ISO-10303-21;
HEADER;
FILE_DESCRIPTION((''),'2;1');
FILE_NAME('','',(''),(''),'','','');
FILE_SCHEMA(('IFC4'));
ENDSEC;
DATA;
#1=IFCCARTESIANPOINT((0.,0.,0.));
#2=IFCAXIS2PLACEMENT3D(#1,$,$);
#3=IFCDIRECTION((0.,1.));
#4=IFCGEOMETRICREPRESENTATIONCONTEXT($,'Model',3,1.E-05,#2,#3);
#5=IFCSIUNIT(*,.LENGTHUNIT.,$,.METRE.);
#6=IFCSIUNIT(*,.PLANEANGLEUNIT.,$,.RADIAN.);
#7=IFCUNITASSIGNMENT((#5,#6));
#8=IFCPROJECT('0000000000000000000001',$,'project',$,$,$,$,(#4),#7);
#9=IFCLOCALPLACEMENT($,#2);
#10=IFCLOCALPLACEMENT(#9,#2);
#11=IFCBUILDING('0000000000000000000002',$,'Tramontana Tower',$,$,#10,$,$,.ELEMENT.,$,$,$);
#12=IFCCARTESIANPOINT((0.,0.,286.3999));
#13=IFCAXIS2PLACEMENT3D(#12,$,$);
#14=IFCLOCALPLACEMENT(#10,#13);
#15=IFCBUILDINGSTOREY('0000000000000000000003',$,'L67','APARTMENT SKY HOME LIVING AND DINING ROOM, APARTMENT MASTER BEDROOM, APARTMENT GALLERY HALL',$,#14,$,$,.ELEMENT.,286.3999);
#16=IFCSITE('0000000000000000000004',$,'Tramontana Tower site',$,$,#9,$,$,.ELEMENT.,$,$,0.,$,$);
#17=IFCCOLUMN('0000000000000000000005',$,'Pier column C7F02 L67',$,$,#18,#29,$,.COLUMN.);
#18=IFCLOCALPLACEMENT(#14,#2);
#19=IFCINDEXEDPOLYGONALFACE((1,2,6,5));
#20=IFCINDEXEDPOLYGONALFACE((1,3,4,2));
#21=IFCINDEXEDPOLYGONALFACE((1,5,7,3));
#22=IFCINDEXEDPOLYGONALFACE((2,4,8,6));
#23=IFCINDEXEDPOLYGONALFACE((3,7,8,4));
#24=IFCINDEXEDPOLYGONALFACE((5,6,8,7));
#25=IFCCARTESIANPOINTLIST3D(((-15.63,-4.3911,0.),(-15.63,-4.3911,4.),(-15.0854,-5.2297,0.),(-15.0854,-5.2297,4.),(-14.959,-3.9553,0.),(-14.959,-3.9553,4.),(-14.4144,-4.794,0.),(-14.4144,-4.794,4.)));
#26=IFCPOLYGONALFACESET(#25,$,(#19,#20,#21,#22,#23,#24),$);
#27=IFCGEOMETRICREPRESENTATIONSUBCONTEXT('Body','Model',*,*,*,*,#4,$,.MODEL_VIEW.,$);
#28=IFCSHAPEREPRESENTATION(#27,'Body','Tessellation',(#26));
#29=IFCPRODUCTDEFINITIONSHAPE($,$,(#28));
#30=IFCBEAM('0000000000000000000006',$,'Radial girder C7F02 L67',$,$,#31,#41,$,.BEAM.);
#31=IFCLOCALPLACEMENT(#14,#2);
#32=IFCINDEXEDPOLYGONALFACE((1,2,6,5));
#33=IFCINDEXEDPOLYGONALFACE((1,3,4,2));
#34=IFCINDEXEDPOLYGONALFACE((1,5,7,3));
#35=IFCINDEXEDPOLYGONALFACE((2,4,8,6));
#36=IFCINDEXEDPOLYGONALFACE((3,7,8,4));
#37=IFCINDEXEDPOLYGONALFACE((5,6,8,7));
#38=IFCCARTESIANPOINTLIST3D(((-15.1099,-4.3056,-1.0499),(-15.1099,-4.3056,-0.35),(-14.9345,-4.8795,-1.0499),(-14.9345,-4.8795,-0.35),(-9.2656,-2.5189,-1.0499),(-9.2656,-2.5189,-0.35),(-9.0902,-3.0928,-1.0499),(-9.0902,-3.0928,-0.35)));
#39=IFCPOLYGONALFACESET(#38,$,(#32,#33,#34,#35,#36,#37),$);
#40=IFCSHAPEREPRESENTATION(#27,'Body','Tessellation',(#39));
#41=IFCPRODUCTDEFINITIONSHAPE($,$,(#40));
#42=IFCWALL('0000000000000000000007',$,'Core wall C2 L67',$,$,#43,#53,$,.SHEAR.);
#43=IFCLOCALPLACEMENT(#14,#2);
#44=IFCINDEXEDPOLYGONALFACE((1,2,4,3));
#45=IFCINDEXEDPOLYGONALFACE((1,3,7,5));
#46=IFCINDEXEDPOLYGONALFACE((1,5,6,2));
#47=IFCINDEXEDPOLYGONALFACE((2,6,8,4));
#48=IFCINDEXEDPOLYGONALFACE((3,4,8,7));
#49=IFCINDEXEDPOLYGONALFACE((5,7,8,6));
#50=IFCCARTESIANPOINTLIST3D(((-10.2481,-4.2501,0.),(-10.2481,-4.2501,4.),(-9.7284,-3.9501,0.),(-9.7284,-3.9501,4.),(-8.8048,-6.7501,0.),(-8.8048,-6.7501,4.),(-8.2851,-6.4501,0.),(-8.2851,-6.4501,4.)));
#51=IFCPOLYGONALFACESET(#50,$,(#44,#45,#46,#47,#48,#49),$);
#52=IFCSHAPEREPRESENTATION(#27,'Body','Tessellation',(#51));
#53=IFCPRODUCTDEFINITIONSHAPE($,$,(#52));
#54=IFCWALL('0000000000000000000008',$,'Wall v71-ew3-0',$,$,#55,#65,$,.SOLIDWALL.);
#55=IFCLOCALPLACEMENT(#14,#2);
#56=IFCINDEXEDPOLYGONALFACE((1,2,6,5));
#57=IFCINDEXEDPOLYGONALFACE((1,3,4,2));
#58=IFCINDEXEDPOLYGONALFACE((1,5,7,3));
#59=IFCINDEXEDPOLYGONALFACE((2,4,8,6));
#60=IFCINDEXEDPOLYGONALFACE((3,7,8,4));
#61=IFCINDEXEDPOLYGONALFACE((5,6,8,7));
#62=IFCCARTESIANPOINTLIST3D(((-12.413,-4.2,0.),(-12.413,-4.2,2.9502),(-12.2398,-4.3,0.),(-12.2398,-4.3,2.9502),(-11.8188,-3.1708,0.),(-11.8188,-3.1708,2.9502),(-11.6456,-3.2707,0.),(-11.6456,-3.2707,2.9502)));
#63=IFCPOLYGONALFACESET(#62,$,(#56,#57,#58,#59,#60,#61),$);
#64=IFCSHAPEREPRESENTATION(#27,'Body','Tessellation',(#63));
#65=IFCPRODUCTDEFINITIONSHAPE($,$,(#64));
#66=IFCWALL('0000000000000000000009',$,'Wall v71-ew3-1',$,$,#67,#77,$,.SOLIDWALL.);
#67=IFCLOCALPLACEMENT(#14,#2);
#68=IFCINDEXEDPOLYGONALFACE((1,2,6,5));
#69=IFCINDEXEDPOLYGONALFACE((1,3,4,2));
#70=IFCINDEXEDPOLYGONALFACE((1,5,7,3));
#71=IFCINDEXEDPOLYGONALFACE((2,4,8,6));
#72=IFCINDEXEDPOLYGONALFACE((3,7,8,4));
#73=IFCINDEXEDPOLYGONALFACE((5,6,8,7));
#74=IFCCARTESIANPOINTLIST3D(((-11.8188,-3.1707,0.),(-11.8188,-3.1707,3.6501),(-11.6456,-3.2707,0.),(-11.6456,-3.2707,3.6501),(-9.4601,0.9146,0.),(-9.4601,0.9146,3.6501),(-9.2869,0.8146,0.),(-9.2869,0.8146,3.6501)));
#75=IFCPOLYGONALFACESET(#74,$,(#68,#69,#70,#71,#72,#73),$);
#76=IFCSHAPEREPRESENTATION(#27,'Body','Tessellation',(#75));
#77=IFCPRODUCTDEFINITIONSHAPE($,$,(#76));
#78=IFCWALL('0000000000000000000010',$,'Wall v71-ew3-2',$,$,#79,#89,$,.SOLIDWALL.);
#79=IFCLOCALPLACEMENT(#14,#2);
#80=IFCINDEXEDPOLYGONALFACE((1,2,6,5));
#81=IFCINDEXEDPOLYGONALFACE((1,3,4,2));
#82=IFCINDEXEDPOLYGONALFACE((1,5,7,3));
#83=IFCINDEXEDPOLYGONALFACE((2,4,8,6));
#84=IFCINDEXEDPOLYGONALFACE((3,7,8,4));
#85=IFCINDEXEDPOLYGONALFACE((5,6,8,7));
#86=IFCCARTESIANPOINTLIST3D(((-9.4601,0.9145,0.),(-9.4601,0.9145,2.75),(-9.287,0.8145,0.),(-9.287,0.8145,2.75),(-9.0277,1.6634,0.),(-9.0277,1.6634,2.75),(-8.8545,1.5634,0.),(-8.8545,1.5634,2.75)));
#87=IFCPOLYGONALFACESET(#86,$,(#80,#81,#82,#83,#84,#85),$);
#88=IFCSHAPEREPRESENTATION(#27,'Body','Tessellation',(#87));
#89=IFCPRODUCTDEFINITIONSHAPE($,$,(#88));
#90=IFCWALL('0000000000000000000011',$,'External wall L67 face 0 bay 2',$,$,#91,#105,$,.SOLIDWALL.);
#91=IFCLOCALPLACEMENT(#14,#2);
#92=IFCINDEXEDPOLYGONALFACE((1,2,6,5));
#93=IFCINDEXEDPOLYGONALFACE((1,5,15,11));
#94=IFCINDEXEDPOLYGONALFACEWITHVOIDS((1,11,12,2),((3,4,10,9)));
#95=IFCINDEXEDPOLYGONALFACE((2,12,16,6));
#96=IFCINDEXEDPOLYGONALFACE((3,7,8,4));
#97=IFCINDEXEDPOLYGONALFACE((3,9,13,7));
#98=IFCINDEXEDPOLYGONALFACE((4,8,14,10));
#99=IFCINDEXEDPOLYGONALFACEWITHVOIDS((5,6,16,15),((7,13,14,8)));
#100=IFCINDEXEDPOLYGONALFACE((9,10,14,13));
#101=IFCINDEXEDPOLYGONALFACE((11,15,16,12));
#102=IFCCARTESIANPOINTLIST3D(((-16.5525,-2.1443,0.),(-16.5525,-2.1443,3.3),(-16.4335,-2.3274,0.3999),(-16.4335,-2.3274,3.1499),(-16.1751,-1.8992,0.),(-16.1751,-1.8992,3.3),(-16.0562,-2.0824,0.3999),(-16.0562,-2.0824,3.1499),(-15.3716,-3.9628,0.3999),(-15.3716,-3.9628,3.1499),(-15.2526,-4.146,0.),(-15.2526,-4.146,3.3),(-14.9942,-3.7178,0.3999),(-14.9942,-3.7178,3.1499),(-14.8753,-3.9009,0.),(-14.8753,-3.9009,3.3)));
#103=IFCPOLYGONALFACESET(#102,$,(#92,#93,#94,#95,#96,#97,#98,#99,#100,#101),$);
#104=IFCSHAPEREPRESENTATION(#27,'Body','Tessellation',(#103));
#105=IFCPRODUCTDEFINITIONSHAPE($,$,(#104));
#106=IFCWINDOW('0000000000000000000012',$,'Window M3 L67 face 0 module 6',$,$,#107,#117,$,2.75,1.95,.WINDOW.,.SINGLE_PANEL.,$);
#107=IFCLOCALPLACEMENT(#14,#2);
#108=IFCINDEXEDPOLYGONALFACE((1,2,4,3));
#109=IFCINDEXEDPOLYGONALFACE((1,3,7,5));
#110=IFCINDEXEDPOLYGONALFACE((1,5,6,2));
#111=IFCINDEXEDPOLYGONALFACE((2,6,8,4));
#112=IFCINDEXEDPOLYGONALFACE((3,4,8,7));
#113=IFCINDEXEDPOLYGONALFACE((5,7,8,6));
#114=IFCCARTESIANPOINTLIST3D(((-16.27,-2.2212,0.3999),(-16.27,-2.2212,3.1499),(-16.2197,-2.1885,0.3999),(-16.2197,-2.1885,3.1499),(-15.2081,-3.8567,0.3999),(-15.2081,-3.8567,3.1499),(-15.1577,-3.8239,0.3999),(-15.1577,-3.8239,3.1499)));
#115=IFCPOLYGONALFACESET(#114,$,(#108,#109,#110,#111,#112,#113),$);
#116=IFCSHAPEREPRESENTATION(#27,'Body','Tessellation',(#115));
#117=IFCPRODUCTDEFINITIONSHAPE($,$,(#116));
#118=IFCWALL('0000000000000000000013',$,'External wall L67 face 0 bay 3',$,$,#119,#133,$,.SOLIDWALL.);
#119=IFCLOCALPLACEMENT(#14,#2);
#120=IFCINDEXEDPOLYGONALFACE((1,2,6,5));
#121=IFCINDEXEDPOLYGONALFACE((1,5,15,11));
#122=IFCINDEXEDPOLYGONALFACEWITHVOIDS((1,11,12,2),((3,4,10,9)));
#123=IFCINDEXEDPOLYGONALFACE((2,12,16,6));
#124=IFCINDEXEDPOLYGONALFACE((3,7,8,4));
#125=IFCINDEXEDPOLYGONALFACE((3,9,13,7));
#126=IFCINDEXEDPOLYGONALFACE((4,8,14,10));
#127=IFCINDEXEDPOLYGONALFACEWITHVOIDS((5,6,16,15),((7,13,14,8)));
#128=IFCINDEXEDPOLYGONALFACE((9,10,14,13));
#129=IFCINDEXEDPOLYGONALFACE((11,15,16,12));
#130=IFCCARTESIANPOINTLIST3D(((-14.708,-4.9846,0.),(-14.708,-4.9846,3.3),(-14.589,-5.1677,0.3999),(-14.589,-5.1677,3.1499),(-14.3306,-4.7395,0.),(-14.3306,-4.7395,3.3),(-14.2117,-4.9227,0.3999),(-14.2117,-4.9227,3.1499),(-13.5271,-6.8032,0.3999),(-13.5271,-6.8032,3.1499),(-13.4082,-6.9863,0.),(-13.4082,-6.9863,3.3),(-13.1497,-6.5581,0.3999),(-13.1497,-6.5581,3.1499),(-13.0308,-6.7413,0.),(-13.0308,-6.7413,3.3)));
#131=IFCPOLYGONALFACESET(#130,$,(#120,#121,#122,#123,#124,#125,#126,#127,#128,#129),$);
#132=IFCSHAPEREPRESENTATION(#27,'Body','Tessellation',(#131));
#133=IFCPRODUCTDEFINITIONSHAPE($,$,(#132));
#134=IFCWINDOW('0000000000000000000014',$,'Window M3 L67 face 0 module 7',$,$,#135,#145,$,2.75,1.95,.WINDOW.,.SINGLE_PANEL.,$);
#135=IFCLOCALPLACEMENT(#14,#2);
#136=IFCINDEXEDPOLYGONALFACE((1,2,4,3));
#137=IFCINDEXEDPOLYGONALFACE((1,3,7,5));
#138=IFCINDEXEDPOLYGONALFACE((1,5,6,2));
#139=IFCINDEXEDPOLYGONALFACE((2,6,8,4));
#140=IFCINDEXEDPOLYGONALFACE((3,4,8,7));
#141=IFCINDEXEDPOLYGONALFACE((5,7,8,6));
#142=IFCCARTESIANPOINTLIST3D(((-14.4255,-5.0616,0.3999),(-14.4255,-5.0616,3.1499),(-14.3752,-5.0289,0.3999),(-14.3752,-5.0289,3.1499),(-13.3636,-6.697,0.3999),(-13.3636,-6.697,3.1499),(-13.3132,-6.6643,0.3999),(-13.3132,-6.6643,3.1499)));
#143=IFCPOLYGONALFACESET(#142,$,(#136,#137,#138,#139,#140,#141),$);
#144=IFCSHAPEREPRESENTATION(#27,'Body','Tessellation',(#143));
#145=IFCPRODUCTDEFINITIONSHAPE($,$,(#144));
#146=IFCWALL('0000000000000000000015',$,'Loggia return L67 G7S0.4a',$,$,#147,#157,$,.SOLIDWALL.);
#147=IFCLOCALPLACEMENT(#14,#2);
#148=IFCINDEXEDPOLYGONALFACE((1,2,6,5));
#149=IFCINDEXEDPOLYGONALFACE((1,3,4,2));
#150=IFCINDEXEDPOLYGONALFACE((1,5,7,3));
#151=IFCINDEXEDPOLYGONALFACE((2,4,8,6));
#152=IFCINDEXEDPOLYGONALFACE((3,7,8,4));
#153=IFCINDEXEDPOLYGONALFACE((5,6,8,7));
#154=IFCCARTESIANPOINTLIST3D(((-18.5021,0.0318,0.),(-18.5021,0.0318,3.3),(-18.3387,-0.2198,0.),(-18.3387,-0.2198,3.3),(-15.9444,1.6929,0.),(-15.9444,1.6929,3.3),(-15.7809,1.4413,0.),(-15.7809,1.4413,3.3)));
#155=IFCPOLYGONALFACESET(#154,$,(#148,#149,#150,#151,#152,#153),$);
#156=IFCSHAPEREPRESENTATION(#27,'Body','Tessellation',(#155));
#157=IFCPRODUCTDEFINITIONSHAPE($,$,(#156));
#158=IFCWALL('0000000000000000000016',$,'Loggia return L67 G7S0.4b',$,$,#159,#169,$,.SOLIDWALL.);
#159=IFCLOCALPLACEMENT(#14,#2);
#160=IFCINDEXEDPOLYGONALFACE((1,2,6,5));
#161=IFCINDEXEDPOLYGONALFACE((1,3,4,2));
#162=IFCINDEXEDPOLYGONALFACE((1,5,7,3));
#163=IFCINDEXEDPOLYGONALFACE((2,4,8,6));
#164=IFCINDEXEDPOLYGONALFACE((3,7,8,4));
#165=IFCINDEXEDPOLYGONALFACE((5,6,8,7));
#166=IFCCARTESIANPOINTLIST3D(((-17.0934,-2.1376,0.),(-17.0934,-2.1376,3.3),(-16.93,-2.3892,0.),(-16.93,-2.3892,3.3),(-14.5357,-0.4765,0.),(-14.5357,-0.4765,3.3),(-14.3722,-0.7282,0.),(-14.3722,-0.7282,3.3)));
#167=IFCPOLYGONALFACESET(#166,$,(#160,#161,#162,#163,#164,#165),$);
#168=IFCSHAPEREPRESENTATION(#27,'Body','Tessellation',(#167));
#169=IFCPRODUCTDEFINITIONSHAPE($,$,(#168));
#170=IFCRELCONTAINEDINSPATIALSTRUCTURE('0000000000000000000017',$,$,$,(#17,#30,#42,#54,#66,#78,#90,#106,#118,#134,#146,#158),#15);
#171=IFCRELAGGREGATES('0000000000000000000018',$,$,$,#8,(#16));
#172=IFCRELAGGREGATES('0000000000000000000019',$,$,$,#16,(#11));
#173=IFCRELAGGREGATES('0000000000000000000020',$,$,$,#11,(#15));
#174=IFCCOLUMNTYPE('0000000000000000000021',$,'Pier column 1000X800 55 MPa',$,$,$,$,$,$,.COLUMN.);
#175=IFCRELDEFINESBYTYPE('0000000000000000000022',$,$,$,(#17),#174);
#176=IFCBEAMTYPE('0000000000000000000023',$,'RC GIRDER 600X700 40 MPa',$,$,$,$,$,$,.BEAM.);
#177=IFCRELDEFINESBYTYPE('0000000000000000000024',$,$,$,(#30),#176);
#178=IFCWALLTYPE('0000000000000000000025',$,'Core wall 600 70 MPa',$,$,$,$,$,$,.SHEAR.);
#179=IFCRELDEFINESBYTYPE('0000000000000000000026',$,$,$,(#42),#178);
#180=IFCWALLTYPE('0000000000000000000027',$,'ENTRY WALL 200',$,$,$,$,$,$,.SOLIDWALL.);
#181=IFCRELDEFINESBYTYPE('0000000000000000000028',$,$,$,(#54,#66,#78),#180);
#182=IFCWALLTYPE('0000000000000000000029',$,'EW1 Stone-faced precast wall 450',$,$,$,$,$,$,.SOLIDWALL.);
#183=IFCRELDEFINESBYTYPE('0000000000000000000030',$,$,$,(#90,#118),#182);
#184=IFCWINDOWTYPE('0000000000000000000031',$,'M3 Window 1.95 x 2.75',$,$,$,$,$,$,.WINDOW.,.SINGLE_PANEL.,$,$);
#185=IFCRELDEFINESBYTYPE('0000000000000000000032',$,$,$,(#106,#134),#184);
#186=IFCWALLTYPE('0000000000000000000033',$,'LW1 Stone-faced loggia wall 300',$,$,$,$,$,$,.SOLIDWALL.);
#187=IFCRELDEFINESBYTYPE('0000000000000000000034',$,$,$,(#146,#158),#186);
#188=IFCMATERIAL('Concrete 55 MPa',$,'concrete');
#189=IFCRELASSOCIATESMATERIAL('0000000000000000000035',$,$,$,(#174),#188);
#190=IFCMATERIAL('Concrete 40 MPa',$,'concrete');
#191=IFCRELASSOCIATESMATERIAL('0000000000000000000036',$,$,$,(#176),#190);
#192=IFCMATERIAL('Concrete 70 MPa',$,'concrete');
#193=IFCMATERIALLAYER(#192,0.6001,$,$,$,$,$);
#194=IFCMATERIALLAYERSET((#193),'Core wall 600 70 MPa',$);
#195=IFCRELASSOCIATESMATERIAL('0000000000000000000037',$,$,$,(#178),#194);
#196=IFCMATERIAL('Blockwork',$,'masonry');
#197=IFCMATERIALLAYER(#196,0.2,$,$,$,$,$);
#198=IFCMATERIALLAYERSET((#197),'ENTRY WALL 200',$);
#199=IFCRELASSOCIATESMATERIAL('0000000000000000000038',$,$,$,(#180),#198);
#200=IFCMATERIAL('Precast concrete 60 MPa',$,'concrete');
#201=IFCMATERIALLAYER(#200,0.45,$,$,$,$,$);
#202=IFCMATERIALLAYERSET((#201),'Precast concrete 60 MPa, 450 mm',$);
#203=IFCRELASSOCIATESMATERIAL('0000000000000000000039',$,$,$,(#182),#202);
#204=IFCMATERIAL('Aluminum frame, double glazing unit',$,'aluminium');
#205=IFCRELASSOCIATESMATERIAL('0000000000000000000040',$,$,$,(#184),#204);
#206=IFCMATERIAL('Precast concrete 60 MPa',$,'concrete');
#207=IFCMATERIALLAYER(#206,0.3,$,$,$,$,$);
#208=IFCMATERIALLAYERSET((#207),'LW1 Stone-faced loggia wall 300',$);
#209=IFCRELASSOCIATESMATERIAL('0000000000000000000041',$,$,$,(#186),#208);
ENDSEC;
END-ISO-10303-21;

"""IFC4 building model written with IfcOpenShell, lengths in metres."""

from ifc_helpers import new_model, si_unit, direction, frame, frame_2d, origin, origin_2d, place, context, subcontext, project, spatial, rectangle, extrude, material, layer, layer_set, material_profile, profile_set, type_object, element, fill, save


model = new_model("IFC4")

# Units and contexts
model_context = context("Model", 3, precision=1e-05, world=origin(), true_north=direction((0.0, 1.0)))
body_context = subcontext(model_context, "Body", "Model", "MODEL_VIEW")
ifc_project = project(units=[si_unit("LENGTHUNIT", "METRE"), si_unit("PLANEANGLEUNIT", "RADIAN")], contexts=[model_context])

# Site, building, storey
site_placement = place(None, origin())
site = spatial("IfcSite", under=ifc_project, at=site_placement, Name="Tramontana Tower site", CompositionType="ELEMENT", RefElevation=0.0)
building_placement = place(site_placement, origin())
building = spatial("IfcBuilding", under=site, at=building_placement, Name="Tramontana Tower", CompositionType="ELEMENT")
storey_placement = place(building_placement, frame((0.0, 0.0, 286.3999)))
storey = spatial("IfcBuildingStorey", under=building, at=storey_placement, Name="L67", Description="APARTMENT SKY HOME LIVING AND DINING ROOM, APARTMENT MASTER BEDROOM, APARTMENT GALLERY HALL", CompositionType="ELEMENT", Elevation=286.3999)

# Column
ifc_material_1 = material(Name="Concrete 55 MPa", Category="concrete")
ifc_material_profile_1 = material_profile(ifc_material_1, rectangle(XDim=1.0, YDim=0.8, at=origin_2d()), Name="Pier column 1000X800 55 MPa")
ifc_profile_set_1 = profile_set([ifc_material_profile_1], Name="Concrete 55 MPa")
column_type = type_object("IfcColumnType", Name="Pier column 1000X800 55 MPa", PredefinedType="COLUMN", material=ifc_profile_set_1)
column_placement = place(storey_placement, frame((-15.0222, -4.5925, 0.0), z_axis=(0.0, 0.0, 1.0), x_axis=(0.544639, -0.838671, 0.0)))
element("IfcColumn", 1, at=column_placement, inside=storey, type_object=column_type, Name="Pier column C7F02 L67", PredefinedType="COLUMN", context=body_context, shape_type="SweptSolid", body=[
    extrude(rectangle(XDim=1.0, YDim=0.8, at=origin_2d()), origin(), (0.0, 0.0, 1.0), 4.0),
])

# Beam
ifc_material_2 = material(Name="Concrete 40 MPa", Category="concrete")
ifc_material_profile_2 = material_profile(ifc_material_2, rectangle(XDim=0.6001, YDim=0.7, at=origin_2d()), Name="RC GIRDER 600X700 40 MPa")
ifc_profile_set_2 = profile_set([ifc_material_profile_2], Name="Concrete 40 MPa")
beam_type = type_object("IfcBeamType", Name="RC GIRDER 600X700 40 MPa", PredefinedType="BEAM", material=ifc_profile_set_2)
beam_placement = place(storey_placement, frame((-15.0222, -4.5925, -0.7), z_axis=(0.956311, 0.29235, 0.0), x_axis=(-0.29235, 0.956311, 0.0)))
element("IfcBeam", 2, at=beam_placement, inside=storey, type_object=beam_type, Name="Radial girder C7F02 L67", PredefinedType="BEAM", context=body_context, shape_type="SweptSolid", body=[
    extrude(rectangle(XDim=0.6001, YDim=0.7, at=origin_2d()), origin(), (0.0, 0.0, 1.0), 6.1113),
])

# Walls
ifc_material_3 = material(Name="Concrete 70 MPa", Category="concrete")
ifc_layer_1 = layer(ifc_material_3, 0.6001)
ifc_layer_set_1 = layer_set([ifc_layer_1], Name="Core wall 600 70 MPa")
wall_type_1 = type_object("IfcWallType", Name="Core wall 600 70 MPa", PredefinedType="SHEAR", material=ifc_layer_set_1)
wall_1_placement = place(storey_placement, frame((-9.9883, -4.1001, 0.0), z_axis=(0.0, 0.0, 1.0), x_axis=(0.499996, -0.866028, 0.0)))
element("IfcWall", 3, at=wall_1_placement, inside=storey, type_object=wall_type_1, Name="Core wall C2 L67", PredefinedType="SHEAR", context=body_context, shape_type="SweptSolid", body=[
    extrude(rectangle(XDim=2.8867, YDim=0.6001, at=frame_2d((1.4434, 0.0))), origin(), (0.0, 0.0, 1.0), 4.0),
])
ifc_material_4 = material(Name="Blockwork", Category="masonry")
ifc_layer_2 = layer(ifc_material_4, 0.2)
ifc_layer_set_2 = layer_set([ifc_layer_2], Name="ENTRY WALL 200")
wall_type_2 = type_object("IfcWallType", Name="ENTRY WALL 200", PredefinedType="SOLIDWALL", material=ifc_layer_set_2)
wall_2_placement = place(storey_placement, frame((-12.3264, -4.25, 0.0), z_axis=(0.0, 0.0, 1.0), x_axis=(0.499983, 0.866035, 0.0)))
element("IfcWall", 4, at=wall_2_placement, inside=storey, type_object=wall_type_2, Name="Wall v71-ew3-0", PredefinedType="SOLIDWALL", context=body_context, shape_type="SweptSolid", body=[
    extrude(rectangle(XDim=1.1885, YDim=0.2, at=frame_2d((0.5942, 0.0))), origin(), (0.0, 0.0, 1.0), 2.9502),
])
wall_3_placement = place(storey_placement, frame((-11.7322, -3.2207, 0.0), z_axis=(0.0, 0.0, 1.0), x_axis=(0.500008, 0.866021, 0.0)))
element("IfcWall", 5, at=wall_3_placement, inside=storey, type_object=wall_type_2, Name="Wall v71-ew3-1", PredefinedType="SOLIDWALL", context=body_context, shape_type="SweptSolid", body=[
    extrude(rectangle(XDim=4.7173, YDim=0.2, at=frame_2d((2.3586, 0.0))), origin(), (0.0, 0.0, 1.0), 3.6501),
])
wall_4_placement = place(storey_placement, frame((-9.3735, 0.8645, 0.0), z_axis=(0.0, 0.0, 1.0), x_axis=(0.500056, 0.865993, 0.0)))
element("IfcWall", 6, at=wall_4_placement, inside=storey, type_object=wall_type_2, Name="Wall v71-ew3-2", PredefinedType="SOLIDWALL", context=body_context, shape_type="SweptSolid", body=[
    extrude(rectangle(XDim=0.8647, YDim=0.2, at=frame_2d((0.4324, 0.0))), origin(), (0.0, 0.0, 1.0), 2.75),
])

# Walls, openings, windows
ifc_material_5 = material(Name="Precast concrete 60 MPa", Category="concrete")
ifc_layer_3 = layer(ifc_material_5, 0.45)
ifc_layer_set_3 = layer_set([ifc_layer_3], Name="Precast concrete 60 MPa, 450 mm")
wall_type_3 = type_object("IfcWallType", Name="EW1 Stone-faced precast wall 450", PredefinedType="SOLIDWALL", material=ifc_layer_set_3)
wall_5_placement = place(storey_placement, frame((-16.3638, -2.0217, 0.0), z_axis=(0.0, 0.0, 1.0), x_axis=(0.544604, -0.838694, 0.0)))
wall_5 = element("IfcWall", 7, at=wall_5_placement, inside=storey, type_object=wall_type_3, Name="External wall L67 face 0 bay 2", PredefinedType="SOLIDWALL", context=body_context, shape_type="SweptSolid", body=[
    extrude(rectangle(XDim=2.3867, YDim=0.45, at=frame_2d((1.1934, 0.0))), origin(), (0.0, 0.0, 1.0), 3.3),
])
opening_1_placement = place(wall_5_placement, frame((0.2183, 0.0, 0.3999)))
opening_1 = element("IfcOpeningElement", 8, at=opening_1_placement, cuts=wall_5, PredefinedType="OPENING", context=body_context, shape_type="SweptSolid", body=[
    extrude(rectangle(XDim=1.95, YDim=2.75, at=frame_2d((0.9751, 1.375))), frame((0.0, 0.2349, 0.0), z_axis=(0.0, -1.0, 0.0), x_axis=(1.0, 0.0, 0.0)), (0.0, 0.0, 1.0), 0.47),
])
ifc_material_6 = material(Name="Aluminum frame, double glazing unit", Category="aluminium")
window_type = type_object("IfcWindowType", Name="M3 Window 1.95 x 2.75", PartitioningType="SINGLE_PANEL", PredefinedType="WINDOW", material=ifc_material_6)
window_1_placement = place(opening_1_placement, origin())
window_1 = element("IfcWindow", 9, at=window_1_placement, inside=storey, type_object=window_type, Name="Window M3 L67 face 0 module 6", OverallHeight=2.75, OverallWidth=1.95, PartitioningType="SINGLE_PANEL", PredefinedType="WINDOW", context=body_context, shape_type="SweptSolid", body=[
    extrude(rectangle(XDim=1.95, YDim=2.75, at=frame_2d((0.9751, 1.375))), frame((0.0, 0.03, 0.0), z_axis=(0.0, -1.0, 0.0), x_axis=(1.0, 0.0, 0.0)), (0.0, 0.0, 1.0), 0.0601),
])
fill(opening_1, window_1)
wall_6_placement = place(storey_placement, frame((-14.5193, -4.8621, 0.0), z_axis=(0.0, 0.0, 1.0), x_axis=(0.544604, -0.838694, 0.0)))
wall_6 = element("IfcWall", 10, at=wall_6_placement, inside=storey, type_object=wall_type_3, Name="External wall L67 face 0 bay 3", PredefinedType="SOLIDWALL", context=body_context, shape_type="SweptSolid", body=[
    extrude(rectangle(XDim=2.3867, YDim=0.45, at=frame_2d((1.1934, 0.0))), origin(), (0.0, 0.0, 1.0), 3.3),
])
opening_2_placement = place(wall_6_placement, frame((0.2183, 0.0, 0.3999)))
opening_2 = element("IfcOpeningElement", 11, at=opening_2_placement, cuts=wall_6, PredefinedType="OPENING", context=body_context, shape_type="SweptSolid", body=[
    extrude(rectangle(XDim=1.95, YDim=2.75, at=frame_2d((0.9751, 1.375))), frame((0.0, 0.2349, 0.0), z_axis=(0.0, -1.0, 0.0), x_axis=(1.0, 0.0, 0.0)), (0.0, 0.0, 1.0), 0.47),
])
window_2_placement = place(opening_2_placement, origin())
window_2 = element("IfcWindow", 12, at=window_2_placement, inside=storey, type_object=window_type, Name="Window M3 L67 face 0 module 7", OverallHeight=2.75, OverallWidth=1.95, PartitioningType="SINGLE_PANEL", PredefinedType="WINDOW", context=body_context, shape_type="SweptSolid", body=[
    extrude(rectangle(XDim=1.95, YDim=2.75, at=frame_2d((0.9751, 1.375))), frame((0.0, 0.03, 0.0), z_axis=(0.0, -1.0, 0.0), x_axis=(1.0, 0.0, 0.0)), (0.0, 0.0, 1.0), 0.0601),
])
fill(opening_2, window_2)

# Walls
ifc_material_7 = material(Name="Precast concrete 60 MPa", Category="concrete")
ifc_layer_4 = layer(ifc_material_7, 0.3)
ifc_layer_set_4 = layer_set([ifc_layer_4], Name="LW1 Stone-faced loggia wall 300")
wall_type_4 = type_object("IfcWallType", Name="LW1 Stone-faced loggia wall 300", PredefinedType="SOLIDWALL", material=ifc_layer_set_4)
for number, where, z_axis, x_axis, name in (
    (13, (-18.4204, -0.094, 0.0), (0.0, 0.0, 1.0), (0.838665, 0.544648, 0.0), "Loggia return L67 G7S0.4a"),
    (14, (-17.0117, -2.2634, 0.0), (0.0, 0.0, 1.0), (0.838665, 0.544648, 0.0), "Loggia return L67 G7S0.4b"),
):
    element("IfcWall", number, at=place(storey_placement, frame(where, z_axis=z_axis, x_axis=x_axis)), inside=storey, type_object=wall_type_4, Name=name, PredefinedType="SOLIDWALL", context=body_context, shape_type="SweptSolid", body=[
        extrude(rectangle(XDim=3.0498, YDim=0.3, at=frame_2d((1.5249, 0.0))), origin(), (0.0, 0.0, 1.0), 3.3),
    ])

save(model, "model.ifc")
